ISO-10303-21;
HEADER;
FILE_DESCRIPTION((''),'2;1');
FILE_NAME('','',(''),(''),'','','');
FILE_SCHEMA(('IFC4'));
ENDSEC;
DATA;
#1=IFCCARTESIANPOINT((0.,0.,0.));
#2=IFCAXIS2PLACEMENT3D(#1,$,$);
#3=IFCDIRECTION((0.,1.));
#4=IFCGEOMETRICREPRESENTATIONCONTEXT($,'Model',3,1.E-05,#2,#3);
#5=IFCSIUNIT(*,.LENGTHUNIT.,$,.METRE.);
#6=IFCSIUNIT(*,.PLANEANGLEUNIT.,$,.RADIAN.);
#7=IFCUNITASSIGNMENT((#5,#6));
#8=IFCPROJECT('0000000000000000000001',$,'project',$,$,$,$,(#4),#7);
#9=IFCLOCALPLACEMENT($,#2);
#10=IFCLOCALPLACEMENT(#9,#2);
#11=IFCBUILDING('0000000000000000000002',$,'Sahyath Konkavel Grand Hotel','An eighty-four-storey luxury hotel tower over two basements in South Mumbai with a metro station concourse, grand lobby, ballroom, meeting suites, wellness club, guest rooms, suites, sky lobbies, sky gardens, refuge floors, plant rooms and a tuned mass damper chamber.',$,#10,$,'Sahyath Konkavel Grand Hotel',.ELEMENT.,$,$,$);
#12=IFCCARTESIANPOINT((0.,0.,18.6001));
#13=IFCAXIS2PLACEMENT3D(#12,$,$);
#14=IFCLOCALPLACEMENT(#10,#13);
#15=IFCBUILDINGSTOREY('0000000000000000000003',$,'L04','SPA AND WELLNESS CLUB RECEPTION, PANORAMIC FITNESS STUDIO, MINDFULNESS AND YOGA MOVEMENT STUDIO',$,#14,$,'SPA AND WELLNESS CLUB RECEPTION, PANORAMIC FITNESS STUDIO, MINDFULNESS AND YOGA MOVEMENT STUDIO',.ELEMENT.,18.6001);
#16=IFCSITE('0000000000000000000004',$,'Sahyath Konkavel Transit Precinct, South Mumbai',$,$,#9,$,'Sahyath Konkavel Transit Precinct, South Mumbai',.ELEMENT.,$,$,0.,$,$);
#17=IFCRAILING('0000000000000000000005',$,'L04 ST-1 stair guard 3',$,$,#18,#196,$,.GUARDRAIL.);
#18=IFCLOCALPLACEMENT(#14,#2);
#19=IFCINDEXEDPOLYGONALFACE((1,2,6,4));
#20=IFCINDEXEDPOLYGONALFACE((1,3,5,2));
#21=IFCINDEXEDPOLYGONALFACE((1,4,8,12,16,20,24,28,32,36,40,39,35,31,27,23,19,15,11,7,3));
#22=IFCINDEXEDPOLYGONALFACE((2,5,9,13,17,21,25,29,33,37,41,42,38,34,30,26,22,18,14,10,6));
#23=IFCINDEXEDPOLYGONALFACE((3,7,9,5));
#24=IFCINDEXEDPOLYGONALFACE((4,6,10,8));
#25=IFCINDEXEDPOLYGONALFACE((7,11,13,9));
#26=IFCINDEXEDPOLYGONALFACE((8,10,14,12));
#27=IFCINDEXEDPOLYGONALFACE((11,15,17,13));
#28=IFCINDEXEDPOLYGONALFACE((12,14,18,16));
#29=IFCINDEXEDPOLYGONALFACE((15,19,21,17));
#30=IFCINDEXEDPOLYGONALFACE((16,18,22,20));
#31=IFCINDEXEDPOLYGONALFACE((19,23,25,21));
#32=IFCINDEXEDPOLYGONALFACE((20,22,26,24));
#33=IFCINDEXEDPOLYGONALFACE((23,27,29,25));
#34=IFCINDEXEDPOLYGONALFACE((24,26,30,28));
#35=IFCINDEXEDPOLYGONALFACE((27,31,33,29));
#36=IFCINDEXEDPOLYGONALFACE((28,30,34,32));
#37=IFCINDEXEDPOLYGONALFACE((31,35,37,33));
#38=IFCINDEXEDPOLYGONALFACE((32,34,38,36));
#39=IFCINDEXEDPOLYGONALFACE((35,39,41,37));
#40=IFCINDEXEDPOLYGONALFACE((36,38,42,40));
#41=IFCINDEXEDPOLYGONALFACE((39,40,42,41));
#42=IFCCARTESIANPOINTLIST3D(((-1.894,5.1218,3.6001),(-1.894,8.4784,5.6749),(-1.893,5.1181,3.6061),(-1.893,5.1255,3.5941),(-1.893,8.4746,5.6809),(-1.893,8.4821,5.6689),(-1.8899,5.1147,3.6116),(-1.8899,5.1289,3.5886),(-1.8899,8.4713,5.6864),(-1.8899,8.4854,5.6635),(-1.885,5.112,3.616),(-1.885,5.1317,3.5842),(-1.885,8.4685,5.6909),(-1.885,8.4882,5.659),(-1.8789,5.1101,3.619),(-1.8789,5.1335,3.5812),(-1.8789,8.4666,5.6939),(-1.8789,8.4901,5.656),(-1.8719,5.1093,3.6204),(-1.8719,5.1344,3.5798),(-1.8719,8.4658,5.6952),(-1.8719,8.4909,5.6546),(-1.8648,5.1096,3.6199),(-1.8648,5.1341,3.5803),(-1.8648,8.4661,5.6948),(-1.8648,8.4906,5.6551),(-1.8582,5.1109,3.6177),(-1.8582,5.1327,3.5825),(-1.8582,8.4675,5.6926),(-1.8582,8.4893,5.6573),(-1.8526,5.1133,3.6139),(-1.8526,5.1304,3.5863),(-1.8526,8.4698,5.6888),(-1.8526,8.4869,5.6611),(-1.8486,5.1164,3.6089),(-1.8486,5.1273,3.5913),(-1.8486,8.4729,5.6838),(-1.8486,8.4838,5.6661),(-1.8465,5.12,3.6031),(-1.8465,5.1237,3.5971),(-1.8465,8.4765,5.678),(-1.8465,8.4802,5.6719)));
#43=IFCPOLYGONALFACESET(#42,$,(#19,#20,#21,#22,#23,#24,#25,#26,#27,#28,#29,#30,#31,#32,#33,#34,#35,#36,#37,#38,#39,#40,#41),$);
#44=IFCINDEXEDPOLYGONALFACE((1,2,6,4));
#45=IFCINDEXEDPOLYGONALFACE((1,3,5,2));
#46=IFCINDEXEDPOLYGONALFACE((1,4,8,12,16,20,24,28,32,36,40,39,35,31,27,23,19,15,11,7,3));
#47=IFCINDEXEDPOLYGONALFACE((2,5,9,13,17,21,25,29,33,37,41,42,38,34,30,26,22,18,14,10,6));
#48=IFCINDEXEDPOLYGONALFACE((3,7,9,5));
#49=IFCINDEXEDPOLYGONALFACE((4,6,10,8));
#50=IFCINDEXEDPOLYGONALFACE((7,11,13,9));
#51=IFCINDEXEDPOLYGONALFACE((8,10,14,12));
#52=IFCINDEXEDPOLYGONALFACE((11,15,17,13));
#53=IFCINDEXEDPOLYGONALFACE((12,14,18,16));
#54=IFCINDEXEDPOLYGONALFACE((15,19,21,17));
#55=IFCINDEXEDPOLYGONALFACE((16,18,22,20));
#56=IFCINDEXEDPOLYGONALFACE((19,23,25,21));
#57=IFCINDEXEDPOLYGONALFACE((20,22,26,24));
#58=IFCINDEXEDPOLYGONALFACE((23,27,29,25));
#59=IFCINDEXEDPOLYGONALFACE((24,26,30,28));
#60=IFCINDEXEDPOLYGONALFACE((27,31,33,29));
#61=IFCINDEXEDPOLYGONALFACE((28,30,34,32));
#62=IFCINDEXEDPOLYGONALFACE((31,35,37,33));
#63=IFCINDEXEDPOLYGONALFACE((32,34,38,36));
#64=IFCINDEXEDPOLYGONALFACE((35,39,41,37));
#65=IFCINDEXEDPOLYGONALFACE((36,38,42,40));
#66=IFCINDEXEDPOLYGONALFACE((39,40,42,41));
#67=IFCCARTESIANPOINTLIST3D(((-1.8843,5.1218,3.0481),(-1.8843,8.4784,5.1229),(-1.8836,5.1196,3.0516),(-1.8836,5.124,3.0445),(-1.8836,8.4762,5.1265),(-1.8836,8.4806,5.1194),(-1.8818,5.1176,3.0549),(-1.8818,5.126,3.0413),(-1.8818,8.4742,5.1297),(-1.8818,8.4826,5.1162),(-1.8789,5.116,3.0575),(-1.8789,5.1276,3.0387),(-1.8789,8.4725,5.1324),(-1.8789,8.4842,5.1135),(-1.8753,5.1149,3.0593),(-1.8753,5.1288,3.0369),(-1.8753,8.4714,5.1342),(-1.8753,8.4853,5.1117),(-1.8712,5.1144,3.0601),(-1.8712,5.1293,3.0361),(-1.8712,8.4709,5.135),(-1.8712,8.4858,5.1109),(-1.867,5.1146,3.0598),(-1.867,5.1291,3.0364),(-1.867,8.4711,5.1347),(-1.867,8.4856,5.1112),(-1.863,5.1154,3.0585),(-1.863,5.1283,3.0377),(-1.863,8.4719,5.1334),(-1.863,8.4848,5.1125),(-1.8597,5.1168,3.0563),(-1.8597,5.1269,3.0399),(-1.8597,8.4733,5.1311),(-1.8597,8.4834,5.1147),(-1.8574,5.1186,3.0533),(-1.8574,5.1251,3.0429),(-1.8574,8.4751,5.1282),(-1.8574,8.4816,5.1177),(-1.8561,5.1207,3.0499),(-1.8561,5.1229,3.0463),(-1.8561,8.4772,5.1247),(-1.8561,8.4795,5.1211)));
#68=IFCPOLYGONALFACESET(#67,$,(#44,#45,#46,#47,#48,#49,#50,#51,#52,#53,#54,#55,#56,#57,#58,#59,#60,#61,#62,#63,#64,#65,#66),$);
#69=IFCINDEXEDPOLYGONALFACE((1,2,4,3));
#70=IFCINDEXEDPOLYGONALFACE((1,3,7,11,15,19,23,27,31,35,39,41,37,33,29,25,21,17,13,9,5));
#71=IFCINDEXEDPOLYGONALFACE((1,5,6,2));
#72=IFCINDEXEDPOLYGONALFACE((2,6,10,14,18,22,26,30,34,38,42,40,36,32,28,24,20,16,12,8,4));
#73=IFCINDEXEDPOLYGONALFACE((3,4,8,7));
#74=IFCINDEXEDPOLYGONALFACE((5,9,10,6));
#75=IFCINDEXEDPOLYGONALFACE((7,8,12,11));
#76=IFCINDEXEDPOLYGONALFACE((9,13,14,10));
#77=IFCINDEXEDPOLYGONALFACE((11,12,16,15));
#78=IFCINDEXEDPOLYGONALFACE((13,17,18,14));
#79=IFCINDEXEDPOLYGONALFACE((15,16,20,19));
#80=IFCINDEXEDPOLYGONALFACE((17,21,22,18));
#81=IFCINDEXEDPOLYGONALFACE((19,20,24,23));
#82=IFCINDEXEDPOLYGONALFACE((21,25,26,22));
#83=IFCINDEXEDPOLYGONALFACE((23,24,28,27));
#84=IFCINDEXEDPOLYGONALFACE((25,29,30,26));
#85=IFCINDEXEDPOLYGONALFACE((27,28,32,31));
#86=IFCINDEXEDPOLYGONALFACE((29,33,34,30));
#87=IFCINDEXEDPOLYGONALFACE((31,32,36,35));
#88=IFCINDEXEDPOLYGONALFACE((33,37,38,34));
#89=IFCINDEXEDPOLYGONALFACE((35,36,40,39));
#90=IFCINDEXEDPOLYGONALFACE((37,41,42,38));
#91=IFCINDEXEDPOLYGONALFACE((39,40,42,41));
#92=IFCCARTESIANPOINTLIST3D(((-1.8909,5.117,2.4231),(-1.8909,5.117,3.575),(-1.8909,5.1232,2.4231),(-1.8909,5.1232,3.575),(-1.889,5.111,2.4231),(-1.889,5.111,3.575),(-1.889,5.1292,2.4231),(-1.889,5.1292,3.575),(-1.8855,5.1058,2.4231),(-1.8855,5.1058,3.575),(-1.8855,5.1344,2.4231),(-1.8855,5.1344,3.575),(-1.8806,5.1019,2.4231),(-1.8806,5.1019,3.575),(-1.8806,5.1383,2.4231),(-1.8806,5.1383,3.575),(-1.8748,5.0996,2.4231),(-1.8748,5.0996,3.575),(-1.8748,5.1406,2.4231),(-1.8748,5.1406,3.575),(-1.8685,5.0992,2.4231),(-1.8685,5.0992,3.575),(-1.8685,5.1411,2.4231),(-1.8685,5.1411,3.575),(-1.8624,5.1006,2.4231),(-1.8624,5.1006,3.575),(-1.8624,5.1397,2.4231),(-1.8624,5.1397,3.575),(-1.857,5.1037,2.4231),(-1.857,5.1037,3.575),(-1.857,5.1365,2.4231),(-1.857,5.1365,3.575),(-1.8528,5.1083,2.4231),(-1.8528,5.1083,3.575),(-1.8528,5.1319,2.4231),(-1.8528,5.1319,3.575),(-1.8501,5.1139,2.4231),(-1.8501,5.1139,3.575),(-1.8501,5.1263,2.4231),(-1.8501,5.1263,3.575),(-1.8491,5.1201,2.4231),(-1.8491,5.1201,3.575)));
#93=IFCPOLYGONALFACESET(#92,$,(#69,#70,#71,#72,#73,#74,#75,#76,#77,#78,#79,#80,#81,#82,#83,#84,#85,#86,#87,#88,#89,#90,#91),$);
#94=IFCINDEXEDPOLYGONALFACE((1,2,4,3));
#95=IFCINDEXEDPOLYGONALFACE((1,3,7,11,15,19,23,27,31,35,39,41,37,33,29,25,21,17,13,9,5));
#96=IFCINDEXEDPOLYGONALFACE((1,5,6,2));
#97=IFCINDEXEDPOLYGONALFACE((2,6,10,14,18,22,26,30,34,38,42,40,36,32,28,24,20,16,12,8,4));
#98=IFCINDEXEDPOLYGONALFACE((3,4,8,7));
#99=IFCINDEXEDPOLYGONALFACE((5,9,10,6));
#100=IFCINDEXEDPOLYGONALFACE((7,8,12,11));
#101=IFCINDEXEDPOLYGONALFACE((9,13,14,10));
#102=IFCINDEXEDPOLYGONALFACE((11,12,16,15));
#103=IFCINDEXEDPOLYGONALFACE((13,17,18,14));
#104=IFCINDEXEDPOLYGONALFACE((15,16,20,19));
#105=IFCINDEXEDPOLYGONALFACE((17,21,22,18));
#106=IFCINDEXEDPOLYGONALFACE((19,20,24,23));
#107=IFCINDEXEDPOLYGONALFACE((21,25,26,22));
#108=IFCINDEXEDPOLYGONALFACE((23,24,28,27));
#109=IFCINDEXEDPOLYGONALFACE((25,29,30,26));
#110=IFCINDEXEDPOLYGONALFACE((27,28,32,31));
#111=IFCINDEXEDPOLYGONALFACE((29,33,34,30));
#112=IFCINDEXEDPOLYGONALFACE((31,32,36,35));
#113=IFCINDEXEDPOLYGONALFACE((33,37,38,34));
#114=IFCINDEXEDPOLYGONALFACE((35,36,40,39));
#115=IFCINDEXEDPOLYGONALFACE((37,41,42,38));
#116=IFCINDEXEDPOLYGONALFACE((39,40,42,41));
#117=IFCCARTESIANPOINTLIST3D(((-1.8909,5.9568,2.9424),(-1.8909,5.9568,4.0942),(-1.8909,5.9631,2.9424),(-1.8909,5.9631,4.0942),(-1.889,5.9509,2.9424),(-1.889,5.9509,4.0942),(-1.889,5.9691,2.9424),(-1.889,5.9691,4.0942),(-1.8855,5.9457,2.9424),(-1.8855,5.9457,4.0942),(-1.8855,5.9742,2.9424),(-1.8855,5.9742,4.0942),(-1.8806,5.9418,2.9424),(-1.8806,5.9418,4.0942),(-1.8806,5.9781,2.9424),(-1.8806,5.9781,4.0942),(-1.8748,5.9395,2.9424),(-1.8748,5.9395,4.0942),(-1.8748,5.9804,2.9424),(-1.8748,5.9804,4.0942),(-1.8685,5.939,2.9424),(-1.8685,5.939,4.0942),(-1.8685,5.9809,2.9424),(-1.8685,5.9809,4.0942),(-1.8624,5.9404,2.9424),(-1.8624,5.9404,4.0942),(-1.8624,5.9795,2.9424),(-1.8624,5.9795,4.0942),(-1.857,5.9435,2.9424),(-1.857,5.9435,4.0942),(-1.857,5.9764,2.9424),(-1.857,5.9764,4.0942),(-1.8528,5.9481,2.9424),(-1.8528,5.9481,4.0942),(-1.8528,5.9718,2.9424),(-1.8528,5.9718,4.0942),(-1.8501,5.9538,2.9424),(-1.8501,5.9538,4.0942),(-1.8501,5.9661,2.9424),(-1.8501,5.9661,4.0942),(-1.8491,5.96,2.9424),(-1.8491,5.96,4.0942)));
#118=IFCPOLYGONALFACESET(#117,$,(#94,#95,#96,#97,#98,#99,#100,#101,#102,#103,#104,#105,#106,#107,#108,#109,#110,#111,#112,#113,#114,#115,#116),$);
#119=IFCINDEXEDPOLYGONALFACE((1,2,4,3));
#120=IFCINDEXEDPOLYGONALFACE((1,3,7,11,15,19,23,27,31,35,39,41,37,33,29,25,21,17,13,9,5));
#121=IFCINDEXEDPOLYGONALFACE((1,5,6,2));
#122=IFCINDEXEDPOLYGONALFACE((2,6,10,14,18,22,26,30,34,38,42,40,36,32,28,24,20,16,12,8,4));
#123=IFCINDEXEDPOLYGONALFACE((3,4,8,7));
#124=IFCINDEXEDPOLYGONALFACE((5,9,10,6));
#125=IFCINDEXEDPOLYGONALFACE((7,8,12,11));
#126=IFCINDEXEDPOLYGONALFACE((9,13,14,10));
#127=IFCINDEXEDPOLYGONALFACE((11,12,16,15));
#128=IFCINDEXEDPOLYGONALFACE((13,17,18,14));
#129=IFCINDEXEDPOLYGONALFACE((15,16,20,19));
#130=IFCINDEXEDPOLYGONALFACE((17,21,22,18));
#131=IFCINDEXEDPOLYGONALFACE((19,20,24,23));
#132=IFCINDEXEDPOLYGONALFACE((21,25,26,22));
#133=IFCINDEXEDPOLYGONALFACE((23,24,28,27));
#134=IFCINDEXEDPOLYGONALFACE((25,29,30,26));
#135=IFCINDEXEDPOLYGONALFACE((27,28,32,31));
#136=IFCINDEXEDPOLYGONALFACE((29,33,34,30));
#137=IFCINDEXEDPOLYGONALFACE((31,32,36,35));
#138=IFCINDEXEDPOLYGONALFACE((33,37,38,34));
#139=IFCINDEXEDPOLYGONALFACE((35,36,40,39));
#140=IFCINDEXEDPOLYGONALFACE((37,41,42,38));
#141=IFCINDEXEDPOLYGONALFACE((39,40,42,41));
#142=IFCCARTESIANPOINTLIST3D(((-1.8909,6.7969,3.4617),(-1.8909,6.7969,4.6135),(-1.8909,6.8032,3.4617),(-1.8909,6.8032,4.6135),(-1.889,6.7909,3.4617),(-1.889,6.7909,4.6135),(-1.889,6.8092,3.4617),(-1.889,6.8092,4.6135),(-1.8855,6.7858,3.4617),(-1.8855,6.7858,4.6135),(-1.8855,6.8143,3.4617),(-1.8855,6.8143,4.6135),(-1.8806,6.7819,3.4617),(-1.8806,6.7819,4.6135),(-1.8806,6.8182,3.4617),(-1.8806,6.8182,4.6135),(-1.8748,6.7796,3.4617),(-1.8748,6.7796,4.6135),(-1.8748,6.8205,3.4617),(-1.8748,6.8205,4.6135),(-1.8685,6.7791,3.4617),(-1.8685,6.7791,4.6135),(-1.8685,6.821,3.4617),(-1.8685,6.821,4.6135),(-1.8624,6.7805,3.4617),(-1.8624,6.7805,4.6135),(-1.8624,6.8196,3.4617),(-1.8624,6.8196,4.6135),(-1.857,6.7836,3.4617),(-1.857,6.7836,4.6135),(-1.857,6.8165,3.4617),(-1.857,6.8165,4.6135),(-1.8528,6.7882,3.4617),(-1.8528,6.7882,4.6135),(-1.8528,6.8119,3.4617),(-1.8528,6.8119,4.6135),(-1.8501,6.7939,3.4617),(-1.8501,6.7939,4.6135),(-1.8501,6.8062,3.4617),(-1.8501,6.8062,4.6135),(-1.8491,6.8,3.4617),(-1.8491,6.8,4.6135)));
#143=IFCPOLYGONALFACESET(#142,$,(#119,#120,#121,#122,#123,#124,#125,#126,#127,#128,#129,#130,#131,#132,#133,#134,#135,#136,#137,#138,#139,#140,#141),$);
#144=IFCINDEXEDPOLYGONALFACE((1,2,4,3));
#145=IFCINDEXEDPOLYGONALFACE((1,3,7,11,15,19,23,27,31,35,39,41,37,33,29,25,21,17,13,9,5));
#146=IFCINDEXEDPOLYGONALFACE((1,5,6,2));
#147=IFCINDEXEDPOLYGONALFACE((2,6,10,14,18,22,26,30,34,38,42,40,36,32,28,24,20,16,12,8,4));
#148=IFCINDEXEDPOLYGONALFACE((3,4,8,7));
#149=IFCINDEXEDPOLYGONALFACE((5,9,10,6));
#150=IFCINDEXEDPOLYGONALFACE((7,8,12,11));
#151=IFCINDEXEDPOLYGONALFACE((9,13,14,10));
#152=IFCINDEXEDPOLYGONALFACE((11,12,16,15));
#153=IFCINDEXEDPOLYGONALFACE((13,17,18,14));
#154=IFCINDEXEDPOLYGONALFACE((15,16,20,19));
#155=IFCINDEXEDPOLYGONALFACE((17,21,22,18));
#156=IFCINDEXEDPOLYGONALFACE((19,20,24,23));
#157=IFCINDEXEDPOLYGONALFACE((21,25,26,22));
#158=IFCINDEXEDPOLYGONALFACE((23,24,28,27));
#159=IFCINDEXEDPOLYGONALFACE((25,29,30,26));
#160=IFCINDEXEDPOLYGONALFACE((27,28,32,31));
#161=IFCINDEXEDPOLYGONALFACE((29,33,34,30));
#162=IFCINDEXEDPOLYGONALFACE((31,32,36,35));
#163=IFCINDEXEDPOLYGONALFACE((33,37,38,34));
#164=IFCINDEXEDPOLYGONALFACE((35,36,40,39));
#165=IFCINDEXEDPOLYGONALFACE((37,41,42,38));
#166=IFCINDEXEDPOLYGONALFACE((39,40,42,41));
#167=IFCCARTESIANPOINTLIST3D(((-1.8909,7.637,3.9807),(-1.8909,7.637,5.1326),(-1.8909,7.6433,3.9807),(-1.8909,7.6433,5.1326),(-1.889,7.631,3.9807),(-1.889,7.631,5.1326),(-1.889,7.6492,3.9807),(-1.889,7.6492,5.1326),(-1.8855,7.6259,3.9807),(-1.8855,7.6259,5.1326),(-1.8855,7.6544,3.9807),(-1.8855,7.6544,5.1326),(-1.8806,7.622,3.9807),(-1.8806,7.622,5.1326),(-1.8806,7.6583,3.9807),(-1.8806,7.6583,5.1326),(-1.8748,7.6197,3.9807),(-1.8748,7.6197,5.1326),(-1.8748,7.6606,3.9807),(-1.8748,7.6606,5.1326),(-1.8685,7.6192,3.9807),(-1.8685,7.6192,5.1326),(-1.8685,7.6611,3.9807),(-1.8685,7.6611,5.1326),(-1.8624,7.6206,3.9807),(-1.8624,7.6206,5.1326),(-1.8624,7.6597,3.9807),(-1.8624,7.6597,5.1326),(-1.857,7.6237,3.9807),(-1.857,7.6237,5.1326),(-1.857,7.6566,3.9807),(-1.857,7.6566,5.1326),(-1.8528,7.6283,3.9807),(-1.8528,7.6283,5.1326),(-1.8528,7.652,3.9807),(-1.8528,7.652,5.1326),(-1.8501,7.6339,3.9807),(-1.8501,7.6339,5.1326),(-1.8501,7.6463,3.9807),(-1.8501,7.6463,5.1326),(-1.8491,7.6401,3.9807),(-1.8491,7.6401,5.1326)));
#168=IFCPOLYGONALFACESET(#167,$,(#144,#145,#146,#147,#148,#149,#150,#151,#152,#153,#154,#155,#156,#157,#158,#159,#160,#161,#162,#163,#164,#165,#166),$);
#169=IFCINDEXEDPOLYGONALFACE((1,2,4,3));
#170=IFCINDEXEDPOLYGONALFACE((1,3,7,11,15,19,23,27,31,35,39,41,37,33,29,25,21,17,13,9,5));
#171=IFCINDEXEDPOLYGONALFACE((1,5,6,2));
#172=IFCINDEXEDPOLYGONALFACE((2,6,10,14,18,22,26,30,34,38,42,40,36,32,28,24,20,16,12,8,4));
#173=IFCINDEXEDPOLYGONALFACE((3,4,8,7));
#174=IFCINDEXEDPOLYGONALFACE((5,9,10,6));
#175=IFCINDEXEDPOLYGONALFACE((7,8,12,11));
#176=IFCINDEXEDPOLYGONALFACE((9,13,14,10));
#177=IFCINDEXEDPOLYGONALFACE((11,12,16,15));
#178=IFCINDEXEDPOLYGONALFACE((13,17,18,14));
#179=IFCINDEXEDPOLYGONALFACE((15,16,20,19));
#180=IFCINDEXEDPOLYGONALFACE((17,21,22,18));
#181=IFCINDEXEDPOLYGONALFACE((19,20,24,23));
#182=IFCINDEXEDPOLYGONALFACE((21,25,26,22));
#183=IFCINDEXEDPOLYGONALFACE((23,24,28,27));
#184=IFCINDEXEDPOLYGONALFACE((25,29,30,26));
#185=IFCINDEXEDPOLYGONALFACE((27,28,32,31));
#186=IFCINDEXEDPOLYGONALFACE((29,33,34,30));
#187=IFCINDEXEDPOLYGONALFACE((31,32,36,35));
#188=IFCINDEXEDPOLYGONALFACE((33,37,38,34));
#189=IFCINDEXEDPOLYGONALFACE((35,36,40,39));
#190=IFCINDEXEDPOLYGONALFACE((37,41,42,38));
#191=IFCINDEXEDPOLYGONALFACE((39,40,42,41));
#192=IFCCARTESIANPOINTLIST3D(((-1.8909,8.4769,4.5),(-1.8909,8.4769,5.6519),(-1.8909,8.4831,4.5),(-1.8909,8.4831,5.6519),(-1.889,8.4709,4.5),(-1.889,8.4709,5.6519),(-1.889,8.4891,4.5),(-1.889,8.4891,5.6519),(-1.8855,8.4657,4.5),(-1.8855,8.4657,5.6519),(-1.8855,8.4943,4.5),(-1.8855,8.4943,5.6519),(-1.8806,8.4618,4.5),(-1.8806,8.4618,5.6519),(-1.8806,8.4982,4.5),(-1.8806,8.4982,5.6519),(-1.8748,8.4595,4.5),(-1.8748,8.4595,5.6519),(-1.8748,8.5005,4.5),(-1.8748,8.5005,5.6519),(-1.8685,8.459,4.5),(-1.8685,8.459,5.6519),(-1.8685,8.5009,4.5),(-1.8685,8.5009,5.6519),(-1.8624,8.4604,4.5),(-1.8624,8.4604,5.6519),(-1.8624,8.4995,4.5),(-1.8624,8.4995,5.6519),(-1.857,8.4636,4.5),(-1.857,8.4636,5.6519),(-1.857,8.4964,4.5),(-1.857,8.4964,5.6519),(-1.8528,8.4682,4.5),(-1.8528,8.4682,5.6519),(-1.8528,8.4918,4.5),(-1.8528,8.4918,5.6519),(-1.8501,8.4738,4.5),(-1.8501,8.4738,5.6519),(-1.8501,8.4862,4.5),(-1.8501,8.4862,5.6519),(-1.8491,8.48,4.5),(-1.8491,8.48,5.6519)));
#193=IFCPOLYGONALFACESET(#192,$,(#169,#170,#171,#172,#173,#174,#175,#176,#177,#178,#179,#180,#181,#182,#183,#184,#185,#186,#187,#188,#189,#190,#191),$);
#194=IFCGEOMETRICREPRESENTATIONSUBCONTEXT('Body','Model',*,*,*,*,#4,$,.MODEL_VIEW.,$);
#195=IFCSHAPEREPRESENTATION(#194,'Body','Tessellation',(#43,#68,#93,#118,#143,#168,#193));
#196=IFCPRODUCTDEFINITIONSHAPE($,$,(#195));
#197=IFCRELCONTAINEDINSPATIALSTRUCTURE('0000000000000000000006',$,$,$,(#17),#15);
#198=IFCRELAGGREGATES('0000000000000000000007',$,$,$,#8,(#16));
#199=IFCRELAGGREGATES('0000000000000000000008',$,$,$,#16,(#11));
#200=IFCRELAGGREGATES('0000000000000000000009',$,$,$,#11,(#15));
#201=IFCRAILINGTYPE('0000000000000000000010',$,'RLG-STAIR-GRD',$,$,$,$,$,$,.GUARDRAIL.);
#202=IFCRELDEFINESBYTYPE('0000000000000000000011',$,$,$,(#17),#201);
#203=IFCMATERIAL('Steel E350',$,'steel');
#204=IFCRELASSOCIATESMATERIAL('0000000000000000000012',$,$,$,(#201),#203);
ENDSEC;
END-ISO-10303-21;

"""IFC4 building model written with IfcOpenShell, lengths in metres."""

from ifc_helpers import new_model, si_unit, direction, frame, origin, origin_2d, place, context, subcontext, project, spatial, circle, extrude, material, type_object, element, save


model = new_model("IFC4")

# Units and contexts
model_context = context("Model", 3, precision=1e-05, world=origin(), true_north=direction((0.0, 1.0)))
body_context = subcontext(model_context, "Body", "Model", "MODEL_VIEW")
ifc_project = project(units=[si_unit("LENGTHUNIT", "METRE"), si_unit("PLANEANGLEUNIT", "RADIAN")], contexts=[model_context])

# Site, building, storey
site_placement = place(None, origin())
site = spatial("IfcSite", under=ifc_project, at=site_placement, Name="Sahyath Konkavel Transit Precinct, South Mumbai", LongName="Sahyath Konkavel Transit Precinct, South Mumbai", CompositionType="ELEMENT", RefElevation=0.0)
building_placement = place(site_placement, origin())
building = spatial("IfcBuilding", under=site, at=building_placement, Name="Sahyath Konkavel Grand Hotel", Description="An eighty-four-storey luxury hotel tower over two basements in South Mumbai with a metro station concourse, grand lobby, ballroom, meeting suites, wellness club, guest rooms, suites, sky lobbies, sky gardens, refuge floors, plant rooms and a tuned mass damper chamber.", LongName="Sahyath Konkavel Grand Hotel", CompositionType="ELEMENT")
storey_placement = place(building_placement, frame((0.0, 0.0, 18.6001)))
storey = spatial("IfcBuildingStorey", under=building, at=storey_placement, Name="L04", Description="SPA AND WELLNESS CLUB RECEPTION, PANORAMIC FITNESS STUDIO, MINDFULNESS AND YOGA MOVEMENT STUDIO", LongName="SPA AND WELLNESS CLUB RECEPTION, PANORAMIC FITNESS STUDIO, MINDFULNESS AND YOGA MOVEMENT STUDIO", CompositionType="ELEMENT", Elevation=18.6001)

# Shared definitions
ifc_material_1 = material(Name="Steel E350", Category="steel")

# Railing
railing_type = type_object("IfcRailingType", Name="RLG-STAIR-GRD", PredefinedType="GUARDRAIL", material=ifc_material_1)
railing_1_placement = place(storey_placement, frame((-1.8701, 5.1201, 2.4231)))
element("IfcRailing", 1, at=railing_1_placement, inside=storey, type_object=railing_type, Name="L04 ST-1 stair guard 3", PredefinedType="GUARDRAIL", context=body_context, shape_type="SweptSolid", body=[
    extrude(circle(Radius=0.0239, at=origin_2d()), frame((0.0, 0.0017, 1.177), z_axis=(0.0, 0.850606, 0.525803), x_axis=(-1.0, 0.0, 0.0)), (0.0, 0.0, 1.0), 3.946),
    extrude(circle(Radius=0.0142, at=origin_2d()), frame((0.0, 0.0017, 0.625), z_axis=(0.0, 0.850606, 0.525803), x_axis=(-1.0, 0.0, 0.0)), (0.0, 0.0, 1.0), 3.946),
    extrude(circle(Radius=0.021, at=origin_2d()), origin(), (0.0, 0.0, 1.0), 1.1519),
    extrude(circle(Radius=0.021, at=origin_2d()), frame((0.0, 0.8398, 0.5193)), (0.0, 0.0, 1.0), 1.1519),
    extrude(circle(Radius=0.021, at=origin_2d()), frame((0.0, 1.6799, 1.0386)), (0.0, 0.0, 1.0), 1.1519),
    extrude(circle(Radius=0.021, at=origin_2d()), frame((0.0, 2.52, 1.5576)), (0.0, 0.0, 1.0), 1.1519),
    extrude(circle(Radius=0.021, at=origin_2d()), frame((0.0, 3.3599, 2.0769)), (0.0, 0.0, 1.0), 1.1519),
])

save(model, "model.ifc")
